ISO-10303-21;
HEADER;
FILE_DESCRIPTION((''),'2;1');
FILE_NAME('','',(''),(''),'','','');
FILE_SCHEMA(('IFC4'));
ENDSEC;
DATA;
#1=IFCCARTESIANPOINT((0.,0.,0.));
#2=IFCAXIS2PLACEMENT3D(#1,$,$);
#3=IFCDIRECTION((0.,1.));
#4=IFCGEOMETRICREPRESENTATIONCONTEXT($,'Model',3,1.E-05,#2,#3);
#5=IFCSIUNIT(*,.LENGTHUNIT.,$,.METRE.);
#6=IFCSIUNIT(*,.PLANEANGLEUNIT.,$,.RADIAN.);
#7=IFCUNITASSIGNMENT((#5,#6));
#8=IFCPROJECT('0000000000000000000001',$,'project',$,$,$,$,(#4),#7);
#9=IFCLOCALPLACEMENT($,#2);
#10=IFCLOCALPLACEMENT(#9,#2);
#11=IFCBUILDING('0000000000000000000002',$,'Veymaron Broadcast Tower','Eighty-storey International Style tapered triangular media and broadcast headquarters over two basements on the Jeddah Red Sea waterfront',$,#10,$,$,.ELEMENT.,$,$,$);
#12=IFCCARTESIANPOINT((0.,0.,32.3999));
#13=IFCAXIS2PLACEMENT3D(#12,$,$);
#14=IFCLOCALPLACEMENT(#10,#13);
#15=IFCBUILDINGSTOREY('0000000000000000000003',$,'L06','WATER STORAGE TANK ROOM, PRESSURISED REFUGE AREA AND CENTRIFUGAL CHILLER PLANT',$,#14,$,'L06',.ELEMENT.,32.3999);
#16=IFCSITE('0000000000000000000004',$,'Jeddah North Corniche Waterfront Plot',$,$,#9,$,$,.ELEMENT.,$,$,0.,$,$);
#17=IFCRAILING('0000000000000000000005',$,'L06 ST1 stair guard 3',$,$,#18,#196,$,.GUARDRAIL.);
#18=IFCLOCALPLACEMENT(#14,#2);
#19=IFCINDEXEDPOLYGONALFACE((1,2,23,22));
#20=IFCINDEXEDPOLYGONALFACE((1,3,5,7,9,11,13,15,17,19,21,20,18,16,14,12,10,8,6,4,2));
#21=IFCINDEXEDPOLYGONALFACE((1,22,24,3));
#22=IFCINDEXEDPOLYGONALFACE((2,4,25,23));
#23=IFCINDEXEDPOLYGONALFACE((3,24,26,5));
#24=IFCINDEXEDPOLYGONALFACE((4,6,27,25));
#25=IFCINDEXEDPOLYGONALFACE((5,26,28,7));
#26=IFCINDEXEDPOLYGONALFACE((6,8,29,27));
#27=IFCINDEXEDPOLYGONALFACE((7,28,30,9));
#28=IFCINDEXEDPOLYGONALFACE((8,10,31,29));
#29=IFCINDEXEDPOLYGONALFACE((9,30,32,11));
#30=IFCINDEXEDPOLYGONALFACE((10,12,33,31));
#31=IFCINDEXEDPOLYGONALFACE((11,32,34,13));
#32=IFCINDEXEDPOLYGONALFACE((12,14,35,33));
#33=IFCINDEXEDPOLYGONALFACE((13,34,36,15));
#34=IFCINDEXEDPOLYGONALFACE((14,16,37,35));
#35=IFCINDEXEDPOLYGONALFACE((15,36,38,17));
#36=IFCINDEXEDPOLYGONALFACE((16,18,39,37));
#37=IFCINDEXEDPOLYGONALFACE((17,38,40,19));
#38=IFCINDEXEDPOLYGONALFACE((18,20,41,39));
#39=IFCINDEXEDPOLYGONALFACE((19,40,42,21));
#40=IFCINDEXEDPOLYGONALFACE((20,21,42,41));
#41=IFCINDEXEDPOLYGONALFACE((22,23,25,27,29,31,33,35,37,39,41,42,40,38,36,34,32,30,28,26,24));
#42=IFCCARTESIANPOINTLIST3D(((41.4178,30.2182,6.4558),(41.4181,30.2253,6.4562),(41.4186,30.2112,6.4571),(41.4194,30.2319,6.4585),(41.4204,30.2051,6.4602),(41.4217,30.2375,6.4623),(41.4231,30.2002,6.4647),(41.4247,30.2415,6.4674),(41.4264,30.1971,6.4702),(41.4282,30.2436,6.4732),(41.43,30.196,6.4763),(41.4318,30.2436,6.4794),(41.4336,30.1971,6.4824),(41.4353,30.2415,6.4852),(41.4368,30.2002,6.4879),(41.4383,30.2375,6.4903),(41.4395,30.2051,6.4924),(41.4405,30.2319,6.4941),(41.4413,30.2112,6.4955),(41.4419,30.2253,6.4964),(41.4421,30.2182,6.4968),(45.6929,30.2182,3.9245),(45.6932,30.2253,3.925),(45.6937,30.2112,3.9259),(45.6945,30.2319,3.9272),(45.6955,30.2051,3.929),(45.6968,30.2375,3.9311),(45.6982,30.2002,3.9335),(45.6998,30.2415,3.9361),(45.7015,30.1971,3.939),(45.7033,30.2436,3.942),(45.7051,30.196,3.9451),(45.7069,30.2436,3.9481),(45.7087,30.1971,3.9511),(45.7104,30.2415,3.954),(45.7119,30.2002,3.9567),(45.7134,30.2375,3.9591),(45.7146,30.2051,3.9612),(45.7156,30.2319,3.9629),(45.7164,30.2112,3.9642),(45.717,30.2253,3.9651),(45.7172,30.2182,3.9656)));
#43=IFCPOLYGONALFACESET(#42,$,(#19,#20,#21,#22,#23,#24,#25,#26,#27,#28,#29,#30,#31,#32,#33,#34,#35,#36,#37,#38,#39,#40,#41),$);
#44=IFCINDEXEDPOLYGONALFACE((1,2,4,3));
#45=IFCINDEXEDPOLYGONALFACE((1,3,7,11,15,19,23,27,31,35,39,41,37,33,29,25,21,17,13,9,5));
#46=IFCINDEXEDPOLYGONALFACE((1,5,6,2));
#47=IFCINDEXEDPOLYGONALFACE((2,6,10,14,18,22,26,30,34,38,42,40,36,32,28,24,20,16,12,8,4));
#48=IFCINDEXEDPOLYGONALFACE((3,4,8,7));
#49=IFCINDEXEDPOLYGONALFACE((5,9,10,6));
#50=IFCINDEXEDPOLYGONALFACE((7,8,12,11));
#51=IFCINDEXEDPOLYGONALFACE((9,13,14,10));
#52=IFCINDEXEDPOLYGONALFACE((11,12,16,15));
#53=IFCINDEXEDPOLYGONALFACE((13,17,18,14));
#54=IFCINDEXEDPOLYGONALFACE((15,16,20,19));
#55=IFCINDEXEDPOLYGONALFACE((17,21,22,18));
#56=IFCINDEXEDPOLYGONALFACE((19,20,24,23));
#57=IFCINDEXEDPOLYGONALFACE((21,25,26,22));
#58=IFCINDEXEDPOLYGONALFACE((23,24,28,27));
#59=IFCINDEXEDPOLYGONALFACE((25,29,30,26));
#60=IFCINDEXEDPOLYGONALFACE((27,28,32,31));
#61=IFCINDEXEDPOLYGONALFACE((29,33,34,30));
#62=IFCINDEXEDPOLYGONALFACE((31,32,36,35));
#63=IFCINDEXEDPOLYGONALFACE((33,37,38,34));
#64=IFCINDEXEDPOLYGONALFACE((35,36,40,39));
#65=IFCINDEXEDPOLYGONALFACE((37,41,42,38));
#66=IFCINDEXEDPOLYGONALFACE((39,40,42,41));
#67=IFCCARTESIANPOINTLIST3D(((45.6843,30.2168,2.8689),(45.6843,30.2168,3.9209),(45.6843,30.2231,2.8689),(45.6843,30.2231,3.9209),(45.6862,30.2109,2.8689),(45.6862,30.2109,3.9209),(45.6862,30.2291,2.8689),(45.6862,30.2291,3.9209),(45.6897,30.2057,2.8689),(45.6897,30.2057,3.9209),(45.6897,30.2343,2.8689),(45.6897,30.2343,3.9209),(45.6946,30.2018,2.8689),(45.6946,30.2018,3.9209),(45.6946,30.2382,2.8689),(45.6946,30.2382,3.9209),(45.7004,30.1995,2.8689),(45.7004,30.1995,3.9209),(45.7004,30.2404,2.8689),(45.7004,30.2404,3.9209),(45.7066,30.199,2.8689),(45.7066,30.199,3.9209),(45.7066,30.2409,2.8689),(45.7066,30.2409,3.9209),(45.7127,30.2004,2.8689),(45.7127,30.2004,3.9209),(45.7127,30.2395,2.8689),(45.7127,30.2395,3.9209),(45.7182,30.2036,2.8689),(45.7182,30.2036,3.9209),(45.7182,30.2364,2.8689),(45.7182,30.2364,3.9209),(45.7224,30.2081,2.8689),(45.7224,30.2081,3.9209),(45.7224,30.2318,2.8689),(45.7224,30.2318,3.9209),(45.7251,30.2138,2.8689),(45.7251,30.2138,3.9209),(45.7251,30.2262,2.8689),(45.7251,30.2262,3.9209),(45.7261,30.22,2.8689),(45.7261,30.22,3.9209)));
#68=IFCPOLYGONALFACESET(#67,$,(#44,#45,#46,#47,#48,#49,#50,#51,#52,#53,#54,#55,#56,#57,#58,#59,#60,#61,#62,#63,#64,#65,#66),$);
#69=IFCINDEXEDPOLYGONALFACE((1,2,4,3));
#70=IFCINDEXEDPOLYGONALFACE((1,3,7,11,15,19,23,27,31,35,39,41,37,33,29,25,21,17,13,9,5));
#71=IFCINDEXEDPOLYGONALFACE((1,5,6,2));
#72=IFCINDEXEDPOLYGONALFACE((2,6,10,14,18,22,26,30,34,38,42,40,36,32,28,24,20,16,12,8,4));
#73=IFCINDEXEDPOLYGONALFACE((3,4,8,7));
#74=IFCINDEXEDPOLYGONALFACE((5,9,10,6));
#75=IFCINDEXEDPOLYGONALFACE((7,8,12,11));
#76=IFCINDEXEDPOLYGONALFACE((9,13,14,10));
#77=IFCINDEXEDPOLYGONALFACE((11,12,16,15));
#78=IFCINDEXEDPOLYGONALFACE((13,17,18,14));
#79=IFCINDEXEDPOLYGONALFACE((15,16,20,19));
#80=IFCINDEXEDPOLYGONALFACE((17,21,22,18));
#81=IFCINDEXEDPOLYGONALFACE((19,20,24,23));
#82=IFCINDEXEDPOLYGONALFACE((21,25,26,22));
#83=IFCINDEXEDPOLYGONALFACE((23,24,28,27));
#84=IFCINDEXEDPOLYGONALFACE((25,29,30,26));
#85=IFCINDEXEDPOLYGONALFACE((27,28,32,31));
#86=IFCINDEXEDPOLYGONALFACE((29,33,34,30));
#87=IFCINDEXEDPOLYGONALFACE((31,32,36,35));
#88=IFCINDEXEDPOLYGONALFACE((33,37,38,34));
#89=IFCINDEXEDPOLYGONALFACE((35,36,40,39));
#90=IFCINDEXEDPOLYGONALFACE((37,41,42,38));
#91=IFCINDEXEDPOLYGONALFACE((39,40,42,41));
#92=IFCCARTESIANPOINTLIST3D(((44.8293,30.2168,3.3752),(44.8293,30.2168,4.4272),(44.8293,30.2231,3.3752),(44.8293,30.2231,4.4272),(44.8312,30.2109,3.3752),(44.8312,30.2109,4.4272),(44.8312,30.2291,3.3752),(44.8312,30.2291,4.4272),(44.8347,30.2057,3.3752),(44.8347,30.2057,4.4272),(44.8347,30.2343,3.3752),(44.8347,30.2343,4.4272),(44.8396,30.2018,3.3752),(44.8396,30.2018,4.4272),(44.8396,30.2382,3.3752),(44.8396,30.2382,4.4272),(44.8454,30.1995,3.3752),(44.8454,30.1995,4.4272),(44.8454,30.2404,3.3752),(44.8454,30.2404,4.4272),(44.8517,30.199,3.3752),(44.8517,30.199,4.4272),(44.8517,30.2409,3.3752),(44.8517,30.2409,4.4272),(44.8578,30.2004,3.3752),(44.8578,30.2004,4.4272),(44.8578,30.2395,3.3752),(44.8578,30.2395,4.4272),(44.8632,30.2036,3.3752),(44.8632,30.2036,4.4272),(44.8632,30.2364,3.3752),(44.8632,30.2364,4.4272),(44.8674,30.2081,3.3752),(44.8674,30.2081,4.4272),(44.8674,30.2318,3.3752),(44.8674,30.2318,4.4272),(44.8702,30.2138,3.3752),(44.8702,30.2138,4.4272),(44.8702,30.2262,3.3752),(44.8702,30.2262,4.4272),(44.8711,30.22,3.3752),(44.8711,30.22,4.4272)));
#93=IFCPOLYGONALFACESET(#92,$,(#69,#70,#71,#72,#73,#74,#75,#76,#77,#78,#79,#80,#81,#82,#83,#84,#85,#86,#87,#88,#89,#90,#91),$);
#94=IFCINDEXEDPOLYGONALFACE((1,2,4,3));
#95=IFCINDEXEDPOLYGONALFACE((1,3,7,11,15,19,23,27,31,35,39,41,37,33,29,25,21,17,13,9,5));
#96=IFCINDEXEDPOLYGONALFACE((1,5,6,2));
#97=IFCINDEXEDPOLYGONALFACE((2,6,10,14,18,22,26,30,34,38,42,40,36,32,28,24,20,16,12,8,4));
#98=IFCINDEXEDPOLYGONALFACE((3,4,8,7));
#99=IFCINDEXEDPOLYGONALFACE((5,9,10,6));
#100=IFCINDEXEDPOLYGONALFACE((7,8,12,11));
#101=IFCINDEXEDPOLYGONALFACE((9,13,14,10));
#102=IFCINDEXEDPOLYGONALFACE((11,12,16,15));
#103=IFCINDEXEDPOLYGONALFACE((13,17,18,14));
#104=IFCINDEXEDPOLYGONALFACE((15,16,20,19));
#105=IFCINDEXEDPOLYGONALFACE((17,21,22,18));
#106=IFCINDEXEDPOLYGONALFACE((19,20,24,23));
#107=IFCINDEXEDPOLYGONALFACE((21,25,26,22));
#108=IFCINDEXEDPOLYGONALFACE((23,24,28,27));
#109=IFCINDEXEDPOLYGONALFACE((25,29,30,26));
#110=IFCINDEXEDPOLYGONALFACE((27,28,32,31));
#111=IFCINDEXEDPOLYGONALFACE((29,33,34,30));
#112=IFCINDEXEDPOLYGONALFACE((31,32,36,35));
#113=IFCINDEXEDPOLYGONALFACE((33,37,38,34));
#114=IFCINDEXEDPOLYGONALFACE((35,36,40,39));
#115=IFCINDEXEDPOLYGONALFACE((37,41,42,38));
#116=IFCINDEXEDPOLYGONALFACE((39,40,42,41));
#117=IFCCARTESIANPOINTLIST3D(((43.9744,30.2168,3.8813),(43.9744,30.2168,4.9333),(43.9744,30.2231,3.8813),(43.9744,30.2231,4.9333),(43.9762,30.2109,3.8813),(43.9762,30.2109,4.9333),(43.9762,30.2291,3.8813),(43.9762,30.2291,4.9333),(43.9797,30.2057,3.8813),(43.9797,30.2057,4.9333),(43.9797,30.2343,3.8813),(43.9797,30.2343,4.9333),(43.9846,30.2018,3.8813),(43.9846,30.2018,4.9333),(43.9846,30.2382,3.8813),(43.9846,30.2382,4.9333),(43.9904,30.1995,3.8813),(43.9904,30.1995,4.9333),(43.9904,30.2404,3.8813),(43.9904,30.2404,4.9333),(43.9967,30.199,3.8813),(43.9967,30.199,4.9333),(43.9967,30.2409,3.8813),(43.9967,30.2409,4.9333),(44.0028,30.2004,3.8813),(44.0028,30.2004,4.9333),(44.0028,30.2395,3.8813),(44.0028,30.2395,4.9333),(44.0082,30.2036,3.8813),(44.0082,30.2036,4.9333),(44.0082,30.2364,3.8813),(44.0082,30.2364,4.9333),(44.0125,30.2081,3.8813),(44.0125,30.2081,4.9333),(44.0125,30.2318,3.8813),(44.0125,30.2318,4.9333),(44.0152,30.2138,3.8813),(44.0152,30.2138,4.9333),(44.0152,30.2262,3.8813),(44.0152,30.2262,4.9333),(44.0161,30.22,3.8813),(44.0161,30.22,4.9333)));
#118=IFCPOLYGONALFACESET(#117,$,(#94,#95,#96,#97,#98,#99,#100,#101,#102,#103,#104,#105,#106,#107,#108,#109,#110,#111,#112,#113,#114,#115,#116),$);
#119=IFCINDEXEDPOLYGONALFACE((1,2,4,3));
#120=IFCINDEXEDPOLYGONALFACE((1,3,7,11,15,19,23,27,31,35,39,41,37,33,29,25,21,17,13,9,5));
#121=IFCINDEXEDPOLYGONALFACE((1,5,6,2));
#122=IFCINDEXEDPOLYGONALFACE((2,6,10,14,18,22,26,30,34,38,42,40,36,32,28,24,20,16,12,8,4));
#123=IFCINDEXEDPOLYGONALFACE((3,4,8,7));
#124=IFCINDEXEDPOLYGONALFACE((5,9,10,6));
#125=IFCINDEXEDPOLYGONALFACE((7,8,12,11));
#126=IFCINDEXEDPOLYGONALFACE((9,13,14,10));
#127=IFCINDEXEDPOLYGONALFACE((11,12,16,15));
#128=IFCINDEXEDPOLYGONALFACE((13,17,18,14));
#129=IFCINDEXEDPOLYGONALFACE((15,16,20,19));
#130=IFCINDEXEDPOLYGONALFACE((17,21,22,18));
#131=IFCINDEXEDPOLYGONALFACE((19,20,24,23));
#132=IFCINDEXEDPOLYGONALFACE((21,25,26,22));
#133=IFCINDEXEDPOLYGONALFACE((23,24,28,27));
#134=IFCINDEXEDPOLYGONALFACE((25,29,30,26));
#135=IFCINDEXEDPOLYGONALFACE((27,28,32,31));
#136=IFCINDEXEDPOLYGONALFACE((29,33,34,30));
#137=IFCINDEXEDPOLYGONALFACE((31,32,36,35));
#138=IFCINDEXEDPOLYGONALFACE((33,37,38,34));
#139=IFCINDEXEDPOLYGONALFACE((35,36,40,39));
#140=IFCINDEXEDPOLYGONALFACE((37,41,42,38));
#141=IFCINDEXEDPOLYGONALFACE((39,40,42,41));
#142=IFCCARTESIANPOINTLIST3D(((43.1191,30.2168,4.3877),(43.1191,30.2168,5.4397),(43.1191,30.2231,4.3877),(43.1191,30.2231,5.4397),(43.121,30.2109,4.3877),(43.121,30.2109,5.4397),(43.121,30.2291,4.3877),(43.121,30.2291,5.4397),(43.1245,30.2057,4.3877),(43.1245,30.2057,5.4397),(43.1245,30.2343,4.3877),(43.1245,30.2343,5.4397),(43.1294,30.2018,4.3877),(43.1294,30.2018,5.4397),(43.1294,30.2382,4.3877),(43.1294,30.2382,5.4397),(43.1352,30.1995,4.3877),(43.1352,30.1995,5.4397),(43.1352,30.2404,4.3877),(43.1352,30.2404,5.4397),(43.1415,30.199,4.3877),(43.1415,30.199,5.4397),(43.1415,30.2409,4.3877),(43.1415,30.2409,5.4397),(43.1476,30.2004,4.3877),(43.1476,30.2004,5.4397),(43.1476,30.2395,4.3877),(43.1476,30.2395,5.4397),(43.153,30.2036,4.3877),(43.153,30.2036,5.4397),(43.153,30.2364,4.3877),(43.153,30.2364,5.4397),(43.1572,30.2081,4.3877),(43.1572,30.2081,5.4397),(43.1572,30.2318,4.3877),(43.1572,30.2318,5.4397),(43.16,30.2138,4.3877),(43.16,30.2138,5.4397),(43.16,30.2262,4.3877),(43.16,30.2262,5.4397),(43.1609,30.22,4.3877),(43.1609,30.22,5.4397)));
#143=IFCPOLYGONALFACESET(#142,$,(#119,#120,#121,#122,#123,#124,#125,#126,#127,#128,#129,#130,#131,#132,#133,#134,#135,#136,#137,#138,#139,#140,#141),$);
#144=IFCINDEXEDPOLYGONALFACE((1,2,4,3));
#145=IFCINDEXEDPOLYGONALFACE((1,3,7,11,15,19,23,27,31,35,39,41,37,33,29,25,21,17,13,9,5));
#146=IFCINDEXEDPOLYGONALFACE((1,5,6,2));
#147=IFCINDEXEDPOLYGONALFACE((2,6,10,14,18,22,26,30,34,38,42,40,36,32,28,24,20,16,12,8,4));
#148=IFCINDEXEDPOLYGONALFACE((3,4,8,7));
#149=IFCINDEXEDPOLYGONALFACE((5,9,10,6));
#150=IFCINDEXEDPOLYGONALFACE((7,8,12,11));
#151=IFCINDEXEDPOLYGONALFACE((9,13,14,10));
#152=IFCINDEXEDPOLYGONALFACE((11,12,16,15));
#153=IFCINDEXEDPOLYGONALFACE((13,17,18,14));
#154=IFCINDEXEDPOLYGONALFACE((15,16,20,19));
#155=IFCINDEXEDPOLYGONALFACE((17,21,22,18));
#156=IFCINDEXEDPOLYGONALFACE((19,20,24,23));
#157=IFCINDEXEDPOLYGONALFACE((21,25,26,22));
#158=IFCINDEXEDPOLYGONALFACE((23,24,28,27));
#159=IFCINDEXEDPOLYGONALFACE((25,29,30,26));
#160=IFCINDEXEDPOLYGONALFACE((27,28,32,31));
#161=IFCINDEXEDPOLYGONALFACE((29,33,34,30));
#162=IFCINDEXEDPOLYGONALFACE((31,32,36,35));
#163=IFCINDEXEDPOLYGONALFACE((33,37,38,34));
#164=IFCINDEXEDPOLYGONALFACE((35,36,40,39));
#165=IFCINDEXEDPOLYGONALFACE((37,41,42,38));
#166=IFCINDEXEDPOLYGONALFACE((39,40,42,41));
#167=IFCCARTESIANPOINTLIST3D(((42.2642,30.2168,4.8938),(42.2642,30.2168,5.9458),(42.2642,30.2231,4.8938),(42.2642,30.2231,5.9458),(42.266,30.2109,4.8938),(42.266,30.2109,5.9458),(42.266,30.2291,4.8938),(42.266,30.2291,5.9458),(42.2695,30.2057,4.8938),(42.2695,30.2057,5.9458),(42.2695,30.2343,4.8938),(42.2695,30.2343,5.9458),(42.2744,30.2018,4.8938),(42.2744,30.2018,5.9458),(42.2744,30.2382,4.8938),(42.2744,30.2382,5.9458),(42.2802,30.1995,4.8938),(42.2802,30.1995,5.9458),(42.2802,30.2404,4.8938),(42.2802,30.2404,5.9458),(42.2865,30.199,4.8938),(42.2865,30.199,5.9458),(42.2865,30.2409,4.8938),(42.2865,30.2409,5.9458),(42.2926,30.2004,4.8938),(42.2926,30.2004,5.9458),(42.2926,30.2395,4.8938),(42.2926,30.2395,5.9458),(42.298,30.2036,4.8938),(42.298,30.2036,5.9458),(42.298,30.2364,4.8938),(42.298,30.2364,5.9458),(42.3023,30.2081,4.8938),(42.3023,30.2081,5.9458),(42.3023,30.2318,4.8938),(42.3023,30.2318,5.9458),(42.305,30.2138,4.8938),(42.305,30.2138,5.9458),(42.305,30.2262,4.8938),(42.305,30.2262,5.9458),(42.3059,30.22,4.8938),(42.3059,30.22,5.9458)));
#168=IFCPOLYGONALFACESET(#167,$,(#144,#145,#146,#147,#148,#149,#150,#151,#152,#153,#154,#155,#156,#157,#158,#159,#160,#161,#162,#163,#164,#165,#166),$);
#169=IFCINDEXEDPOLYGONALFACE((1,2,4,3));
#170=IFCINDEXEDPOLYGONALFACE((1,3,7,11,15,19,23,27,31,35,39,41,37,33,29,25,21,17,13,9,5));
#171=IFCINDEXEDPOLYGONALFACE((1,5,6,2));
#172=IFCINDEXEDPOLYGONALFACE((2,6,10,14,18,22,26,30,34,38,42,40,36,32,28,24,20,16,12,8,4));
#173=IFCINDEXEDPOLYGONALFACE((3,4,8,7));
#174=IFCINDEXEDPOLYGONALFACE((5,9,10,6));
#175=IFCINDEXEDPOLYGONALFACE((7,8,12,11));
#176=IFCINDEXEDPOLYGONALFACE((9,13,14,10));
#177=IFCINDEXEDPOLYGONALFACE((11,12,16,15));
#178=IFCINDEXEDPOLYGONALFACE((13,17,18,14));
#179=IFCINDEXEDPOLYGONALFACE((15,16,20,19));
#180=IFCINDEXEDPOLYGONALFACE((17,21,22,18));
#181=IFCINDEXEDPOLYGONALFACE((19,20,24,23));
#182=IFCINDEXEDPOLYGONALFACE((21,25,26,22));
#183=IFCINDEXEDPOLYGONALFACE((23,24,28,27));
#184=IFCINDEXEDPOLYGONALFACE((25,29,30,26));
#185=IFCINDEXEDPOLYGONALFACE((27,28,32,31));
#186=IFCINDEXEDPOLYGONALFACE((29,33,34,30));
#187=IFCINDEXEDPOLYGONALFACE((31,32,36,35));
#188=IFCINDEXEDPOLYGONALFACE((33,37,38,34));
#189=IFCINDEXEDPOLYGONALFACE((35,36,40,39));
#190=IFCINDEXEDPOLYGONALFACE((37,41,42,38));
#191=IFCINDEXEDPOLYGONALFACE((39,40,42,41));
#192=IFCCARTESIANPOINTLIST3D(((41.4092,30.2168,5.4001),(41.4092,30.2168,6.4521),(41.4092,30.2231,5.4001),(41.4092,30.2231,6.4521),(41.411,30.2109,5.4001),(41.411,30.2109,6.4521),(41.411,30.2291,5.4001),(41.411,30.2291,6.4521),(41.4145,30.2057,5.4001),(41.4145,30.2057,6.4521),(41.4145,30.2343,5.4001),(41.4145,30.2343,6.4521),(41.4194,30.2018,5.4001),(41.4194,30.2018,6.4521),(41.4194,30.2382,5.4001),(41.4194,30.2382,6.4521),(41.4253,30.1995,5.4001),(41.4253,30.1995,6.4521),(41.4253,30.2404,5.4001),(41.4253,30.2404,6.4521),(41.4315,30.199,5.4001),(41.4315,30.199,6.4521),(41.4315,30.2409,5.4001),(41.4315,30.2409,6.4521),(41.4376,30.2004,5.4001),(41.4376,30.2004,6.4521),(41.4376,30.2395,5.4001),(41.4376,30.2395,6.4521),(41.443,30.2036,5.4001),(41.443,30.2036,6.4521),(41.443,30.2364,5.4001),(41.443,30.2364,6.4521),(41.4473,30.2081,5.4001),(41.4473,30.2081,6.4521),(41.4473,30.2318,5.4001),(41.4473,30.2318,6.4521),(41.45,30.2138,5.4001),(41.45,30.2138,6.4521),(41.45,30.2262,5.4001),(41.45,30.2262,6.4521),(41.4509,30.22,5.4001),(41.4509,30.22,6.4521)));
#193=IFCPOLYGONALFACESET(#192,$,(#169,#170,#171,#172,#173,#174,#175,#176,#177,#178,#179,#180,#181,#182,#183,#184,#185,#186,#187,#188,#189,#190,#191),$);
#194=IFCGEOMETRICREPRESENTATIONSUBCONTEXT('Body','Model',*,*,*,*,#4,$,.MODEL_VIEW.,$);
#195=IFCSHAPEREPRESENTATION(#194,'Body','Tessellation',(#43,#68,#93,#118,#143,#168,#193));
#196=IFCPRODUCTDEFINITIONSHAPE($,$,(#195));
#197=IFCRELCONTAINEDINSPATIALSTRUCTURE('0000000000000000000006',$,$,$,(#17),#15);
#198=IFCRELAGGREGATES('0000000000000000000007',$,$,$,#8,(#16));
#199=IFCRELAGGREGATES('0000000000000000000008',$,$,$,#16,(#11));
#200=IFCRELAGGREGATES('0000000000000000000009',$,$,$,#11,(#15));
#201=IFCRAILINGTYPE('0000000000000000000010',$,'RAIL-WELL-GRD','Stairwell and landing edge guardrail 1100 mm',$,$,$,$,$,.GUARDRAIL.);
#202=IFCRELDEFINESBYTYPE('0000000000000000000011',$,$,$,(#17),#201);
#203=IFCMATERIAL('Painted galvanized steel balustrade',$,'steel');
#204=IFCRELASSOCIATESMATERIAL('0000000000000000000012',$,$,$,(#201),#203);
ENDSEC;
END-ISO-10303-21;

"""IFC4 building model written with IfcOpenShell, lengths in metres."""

from ifc_helpers import new_model, si_unit, direction, frame, origin, origin_2d, place, context, subcontext, project, spatial, circle, extrude, material, type_object, element, save


model = new_model("IFC4")

# Units and contexts
model_context = context("Model", 3, precision=1e-05, world=origin(), true_north=direction((0.0, 1.0)))
body_context = subcontext(model_context, "Body", "Model", "MODEL_VIEW")
ifc_project = project(units=[si_unit("LENGTHUNIT", "METRE"), si_unit("PLANEANGLEUNIT", "RADIAN")], contexts=[model_context])

# Site, building, storey
site_placement = place(None, origin())
site = spatial("IfcSite", under=ifc_project, at=site_placement, Name="Jeddah North Corniche Waterfront Plot", CompositionType="ELEMENT", RefElevation=0.0)
building_placement = place(site_placement, origin())
building = spatial("IfcBuilding", under=site, at=building_placement, Name="Veymaron Broadcast Tower", Description="Eighty-storey International Style tapered triangular media and broadcast headquarters over two basements on the Jeddah Red Sea waterfront", CompositionType="ELEMENT")
storey_placement = place(building_placement, frame((0.0, 0.0, 32.3999)))
storey = spatial("IfcBuildingStorey", under=building, at=storey_placement, Name="L06", Description="WATER STORAGE TANK ROOM, PRESSURISED REFUGE AREA AND CENTRIFUGAL CHILLER PLANT", LongName="L06", CompositionType="ELEMENT", Elevation=32.3999)

# Railing
ifc_material_1 = material(Name="Painted galvanized steel balustrade", Category="steel")
railing_type_1 = type_object("IfcRailingType", Name="RAIL-WELL-GRD", Description="Stairwell and landing edge guardrail 1100 mm", PredefinedType="GUARDRAIL", material=ifc_material_1)
railing_1_placement = place(storey_placement, frame((45.7051, 30.22, 2.8689)))
element("IfcRailing", 1, at=railing_1_placement, inside=storey, type_object=railing_type_1, Name="L06 ST1 stair guard 3", PredefinedType="GUARDRAIL", context=body_context, shape_type="SweptSolid", body=[
    extrude(circle(Radius=0.0239, at=origin_2d()), frame((0.0, 0.0, 1.0762), z_axis=(-0.860483, 0.0, 0.509479), x_axis=(0.0, -1.0, 0.0)), (0.0, 0.0, 1.0), 4.9683),
    extrude(circle(Radius=0.021, at=origin_2d()), origin(), (0.0, 0.0, 1.0), 1.052),
    extrude(circle(Radius=0.021, at=origin_2d()), frame((-0.855, 0.0, 0.5063)), (0.0, 0.0, 1.0), 1.052),
    extrude(circle(Radius=0.021, at=origin_2d()), frame((-1.71, 0.0, 1.0125)), (0.0, 0.0, 1.0), 1.052),
    extrude(circle(Radius=0.021, at=origin_2d()), frame((-2.5652, 0.0, 1.5188)), (0.0, 0.0, 1.0), 1.052),
    extrude(circle(Radius=0.021, at=origin_2d()), frame((-3.4202, 0.0, 2.0249)), (0.0, 0.0, 1.0), 1.052),
    extrude(circle(Radius=0.021, at=origin_2d()), frame((-4.2751, 0.0, 2.5312)), (0.0, 0.0, 1.0), 1.052),
])

save(model, "model.ifc")
